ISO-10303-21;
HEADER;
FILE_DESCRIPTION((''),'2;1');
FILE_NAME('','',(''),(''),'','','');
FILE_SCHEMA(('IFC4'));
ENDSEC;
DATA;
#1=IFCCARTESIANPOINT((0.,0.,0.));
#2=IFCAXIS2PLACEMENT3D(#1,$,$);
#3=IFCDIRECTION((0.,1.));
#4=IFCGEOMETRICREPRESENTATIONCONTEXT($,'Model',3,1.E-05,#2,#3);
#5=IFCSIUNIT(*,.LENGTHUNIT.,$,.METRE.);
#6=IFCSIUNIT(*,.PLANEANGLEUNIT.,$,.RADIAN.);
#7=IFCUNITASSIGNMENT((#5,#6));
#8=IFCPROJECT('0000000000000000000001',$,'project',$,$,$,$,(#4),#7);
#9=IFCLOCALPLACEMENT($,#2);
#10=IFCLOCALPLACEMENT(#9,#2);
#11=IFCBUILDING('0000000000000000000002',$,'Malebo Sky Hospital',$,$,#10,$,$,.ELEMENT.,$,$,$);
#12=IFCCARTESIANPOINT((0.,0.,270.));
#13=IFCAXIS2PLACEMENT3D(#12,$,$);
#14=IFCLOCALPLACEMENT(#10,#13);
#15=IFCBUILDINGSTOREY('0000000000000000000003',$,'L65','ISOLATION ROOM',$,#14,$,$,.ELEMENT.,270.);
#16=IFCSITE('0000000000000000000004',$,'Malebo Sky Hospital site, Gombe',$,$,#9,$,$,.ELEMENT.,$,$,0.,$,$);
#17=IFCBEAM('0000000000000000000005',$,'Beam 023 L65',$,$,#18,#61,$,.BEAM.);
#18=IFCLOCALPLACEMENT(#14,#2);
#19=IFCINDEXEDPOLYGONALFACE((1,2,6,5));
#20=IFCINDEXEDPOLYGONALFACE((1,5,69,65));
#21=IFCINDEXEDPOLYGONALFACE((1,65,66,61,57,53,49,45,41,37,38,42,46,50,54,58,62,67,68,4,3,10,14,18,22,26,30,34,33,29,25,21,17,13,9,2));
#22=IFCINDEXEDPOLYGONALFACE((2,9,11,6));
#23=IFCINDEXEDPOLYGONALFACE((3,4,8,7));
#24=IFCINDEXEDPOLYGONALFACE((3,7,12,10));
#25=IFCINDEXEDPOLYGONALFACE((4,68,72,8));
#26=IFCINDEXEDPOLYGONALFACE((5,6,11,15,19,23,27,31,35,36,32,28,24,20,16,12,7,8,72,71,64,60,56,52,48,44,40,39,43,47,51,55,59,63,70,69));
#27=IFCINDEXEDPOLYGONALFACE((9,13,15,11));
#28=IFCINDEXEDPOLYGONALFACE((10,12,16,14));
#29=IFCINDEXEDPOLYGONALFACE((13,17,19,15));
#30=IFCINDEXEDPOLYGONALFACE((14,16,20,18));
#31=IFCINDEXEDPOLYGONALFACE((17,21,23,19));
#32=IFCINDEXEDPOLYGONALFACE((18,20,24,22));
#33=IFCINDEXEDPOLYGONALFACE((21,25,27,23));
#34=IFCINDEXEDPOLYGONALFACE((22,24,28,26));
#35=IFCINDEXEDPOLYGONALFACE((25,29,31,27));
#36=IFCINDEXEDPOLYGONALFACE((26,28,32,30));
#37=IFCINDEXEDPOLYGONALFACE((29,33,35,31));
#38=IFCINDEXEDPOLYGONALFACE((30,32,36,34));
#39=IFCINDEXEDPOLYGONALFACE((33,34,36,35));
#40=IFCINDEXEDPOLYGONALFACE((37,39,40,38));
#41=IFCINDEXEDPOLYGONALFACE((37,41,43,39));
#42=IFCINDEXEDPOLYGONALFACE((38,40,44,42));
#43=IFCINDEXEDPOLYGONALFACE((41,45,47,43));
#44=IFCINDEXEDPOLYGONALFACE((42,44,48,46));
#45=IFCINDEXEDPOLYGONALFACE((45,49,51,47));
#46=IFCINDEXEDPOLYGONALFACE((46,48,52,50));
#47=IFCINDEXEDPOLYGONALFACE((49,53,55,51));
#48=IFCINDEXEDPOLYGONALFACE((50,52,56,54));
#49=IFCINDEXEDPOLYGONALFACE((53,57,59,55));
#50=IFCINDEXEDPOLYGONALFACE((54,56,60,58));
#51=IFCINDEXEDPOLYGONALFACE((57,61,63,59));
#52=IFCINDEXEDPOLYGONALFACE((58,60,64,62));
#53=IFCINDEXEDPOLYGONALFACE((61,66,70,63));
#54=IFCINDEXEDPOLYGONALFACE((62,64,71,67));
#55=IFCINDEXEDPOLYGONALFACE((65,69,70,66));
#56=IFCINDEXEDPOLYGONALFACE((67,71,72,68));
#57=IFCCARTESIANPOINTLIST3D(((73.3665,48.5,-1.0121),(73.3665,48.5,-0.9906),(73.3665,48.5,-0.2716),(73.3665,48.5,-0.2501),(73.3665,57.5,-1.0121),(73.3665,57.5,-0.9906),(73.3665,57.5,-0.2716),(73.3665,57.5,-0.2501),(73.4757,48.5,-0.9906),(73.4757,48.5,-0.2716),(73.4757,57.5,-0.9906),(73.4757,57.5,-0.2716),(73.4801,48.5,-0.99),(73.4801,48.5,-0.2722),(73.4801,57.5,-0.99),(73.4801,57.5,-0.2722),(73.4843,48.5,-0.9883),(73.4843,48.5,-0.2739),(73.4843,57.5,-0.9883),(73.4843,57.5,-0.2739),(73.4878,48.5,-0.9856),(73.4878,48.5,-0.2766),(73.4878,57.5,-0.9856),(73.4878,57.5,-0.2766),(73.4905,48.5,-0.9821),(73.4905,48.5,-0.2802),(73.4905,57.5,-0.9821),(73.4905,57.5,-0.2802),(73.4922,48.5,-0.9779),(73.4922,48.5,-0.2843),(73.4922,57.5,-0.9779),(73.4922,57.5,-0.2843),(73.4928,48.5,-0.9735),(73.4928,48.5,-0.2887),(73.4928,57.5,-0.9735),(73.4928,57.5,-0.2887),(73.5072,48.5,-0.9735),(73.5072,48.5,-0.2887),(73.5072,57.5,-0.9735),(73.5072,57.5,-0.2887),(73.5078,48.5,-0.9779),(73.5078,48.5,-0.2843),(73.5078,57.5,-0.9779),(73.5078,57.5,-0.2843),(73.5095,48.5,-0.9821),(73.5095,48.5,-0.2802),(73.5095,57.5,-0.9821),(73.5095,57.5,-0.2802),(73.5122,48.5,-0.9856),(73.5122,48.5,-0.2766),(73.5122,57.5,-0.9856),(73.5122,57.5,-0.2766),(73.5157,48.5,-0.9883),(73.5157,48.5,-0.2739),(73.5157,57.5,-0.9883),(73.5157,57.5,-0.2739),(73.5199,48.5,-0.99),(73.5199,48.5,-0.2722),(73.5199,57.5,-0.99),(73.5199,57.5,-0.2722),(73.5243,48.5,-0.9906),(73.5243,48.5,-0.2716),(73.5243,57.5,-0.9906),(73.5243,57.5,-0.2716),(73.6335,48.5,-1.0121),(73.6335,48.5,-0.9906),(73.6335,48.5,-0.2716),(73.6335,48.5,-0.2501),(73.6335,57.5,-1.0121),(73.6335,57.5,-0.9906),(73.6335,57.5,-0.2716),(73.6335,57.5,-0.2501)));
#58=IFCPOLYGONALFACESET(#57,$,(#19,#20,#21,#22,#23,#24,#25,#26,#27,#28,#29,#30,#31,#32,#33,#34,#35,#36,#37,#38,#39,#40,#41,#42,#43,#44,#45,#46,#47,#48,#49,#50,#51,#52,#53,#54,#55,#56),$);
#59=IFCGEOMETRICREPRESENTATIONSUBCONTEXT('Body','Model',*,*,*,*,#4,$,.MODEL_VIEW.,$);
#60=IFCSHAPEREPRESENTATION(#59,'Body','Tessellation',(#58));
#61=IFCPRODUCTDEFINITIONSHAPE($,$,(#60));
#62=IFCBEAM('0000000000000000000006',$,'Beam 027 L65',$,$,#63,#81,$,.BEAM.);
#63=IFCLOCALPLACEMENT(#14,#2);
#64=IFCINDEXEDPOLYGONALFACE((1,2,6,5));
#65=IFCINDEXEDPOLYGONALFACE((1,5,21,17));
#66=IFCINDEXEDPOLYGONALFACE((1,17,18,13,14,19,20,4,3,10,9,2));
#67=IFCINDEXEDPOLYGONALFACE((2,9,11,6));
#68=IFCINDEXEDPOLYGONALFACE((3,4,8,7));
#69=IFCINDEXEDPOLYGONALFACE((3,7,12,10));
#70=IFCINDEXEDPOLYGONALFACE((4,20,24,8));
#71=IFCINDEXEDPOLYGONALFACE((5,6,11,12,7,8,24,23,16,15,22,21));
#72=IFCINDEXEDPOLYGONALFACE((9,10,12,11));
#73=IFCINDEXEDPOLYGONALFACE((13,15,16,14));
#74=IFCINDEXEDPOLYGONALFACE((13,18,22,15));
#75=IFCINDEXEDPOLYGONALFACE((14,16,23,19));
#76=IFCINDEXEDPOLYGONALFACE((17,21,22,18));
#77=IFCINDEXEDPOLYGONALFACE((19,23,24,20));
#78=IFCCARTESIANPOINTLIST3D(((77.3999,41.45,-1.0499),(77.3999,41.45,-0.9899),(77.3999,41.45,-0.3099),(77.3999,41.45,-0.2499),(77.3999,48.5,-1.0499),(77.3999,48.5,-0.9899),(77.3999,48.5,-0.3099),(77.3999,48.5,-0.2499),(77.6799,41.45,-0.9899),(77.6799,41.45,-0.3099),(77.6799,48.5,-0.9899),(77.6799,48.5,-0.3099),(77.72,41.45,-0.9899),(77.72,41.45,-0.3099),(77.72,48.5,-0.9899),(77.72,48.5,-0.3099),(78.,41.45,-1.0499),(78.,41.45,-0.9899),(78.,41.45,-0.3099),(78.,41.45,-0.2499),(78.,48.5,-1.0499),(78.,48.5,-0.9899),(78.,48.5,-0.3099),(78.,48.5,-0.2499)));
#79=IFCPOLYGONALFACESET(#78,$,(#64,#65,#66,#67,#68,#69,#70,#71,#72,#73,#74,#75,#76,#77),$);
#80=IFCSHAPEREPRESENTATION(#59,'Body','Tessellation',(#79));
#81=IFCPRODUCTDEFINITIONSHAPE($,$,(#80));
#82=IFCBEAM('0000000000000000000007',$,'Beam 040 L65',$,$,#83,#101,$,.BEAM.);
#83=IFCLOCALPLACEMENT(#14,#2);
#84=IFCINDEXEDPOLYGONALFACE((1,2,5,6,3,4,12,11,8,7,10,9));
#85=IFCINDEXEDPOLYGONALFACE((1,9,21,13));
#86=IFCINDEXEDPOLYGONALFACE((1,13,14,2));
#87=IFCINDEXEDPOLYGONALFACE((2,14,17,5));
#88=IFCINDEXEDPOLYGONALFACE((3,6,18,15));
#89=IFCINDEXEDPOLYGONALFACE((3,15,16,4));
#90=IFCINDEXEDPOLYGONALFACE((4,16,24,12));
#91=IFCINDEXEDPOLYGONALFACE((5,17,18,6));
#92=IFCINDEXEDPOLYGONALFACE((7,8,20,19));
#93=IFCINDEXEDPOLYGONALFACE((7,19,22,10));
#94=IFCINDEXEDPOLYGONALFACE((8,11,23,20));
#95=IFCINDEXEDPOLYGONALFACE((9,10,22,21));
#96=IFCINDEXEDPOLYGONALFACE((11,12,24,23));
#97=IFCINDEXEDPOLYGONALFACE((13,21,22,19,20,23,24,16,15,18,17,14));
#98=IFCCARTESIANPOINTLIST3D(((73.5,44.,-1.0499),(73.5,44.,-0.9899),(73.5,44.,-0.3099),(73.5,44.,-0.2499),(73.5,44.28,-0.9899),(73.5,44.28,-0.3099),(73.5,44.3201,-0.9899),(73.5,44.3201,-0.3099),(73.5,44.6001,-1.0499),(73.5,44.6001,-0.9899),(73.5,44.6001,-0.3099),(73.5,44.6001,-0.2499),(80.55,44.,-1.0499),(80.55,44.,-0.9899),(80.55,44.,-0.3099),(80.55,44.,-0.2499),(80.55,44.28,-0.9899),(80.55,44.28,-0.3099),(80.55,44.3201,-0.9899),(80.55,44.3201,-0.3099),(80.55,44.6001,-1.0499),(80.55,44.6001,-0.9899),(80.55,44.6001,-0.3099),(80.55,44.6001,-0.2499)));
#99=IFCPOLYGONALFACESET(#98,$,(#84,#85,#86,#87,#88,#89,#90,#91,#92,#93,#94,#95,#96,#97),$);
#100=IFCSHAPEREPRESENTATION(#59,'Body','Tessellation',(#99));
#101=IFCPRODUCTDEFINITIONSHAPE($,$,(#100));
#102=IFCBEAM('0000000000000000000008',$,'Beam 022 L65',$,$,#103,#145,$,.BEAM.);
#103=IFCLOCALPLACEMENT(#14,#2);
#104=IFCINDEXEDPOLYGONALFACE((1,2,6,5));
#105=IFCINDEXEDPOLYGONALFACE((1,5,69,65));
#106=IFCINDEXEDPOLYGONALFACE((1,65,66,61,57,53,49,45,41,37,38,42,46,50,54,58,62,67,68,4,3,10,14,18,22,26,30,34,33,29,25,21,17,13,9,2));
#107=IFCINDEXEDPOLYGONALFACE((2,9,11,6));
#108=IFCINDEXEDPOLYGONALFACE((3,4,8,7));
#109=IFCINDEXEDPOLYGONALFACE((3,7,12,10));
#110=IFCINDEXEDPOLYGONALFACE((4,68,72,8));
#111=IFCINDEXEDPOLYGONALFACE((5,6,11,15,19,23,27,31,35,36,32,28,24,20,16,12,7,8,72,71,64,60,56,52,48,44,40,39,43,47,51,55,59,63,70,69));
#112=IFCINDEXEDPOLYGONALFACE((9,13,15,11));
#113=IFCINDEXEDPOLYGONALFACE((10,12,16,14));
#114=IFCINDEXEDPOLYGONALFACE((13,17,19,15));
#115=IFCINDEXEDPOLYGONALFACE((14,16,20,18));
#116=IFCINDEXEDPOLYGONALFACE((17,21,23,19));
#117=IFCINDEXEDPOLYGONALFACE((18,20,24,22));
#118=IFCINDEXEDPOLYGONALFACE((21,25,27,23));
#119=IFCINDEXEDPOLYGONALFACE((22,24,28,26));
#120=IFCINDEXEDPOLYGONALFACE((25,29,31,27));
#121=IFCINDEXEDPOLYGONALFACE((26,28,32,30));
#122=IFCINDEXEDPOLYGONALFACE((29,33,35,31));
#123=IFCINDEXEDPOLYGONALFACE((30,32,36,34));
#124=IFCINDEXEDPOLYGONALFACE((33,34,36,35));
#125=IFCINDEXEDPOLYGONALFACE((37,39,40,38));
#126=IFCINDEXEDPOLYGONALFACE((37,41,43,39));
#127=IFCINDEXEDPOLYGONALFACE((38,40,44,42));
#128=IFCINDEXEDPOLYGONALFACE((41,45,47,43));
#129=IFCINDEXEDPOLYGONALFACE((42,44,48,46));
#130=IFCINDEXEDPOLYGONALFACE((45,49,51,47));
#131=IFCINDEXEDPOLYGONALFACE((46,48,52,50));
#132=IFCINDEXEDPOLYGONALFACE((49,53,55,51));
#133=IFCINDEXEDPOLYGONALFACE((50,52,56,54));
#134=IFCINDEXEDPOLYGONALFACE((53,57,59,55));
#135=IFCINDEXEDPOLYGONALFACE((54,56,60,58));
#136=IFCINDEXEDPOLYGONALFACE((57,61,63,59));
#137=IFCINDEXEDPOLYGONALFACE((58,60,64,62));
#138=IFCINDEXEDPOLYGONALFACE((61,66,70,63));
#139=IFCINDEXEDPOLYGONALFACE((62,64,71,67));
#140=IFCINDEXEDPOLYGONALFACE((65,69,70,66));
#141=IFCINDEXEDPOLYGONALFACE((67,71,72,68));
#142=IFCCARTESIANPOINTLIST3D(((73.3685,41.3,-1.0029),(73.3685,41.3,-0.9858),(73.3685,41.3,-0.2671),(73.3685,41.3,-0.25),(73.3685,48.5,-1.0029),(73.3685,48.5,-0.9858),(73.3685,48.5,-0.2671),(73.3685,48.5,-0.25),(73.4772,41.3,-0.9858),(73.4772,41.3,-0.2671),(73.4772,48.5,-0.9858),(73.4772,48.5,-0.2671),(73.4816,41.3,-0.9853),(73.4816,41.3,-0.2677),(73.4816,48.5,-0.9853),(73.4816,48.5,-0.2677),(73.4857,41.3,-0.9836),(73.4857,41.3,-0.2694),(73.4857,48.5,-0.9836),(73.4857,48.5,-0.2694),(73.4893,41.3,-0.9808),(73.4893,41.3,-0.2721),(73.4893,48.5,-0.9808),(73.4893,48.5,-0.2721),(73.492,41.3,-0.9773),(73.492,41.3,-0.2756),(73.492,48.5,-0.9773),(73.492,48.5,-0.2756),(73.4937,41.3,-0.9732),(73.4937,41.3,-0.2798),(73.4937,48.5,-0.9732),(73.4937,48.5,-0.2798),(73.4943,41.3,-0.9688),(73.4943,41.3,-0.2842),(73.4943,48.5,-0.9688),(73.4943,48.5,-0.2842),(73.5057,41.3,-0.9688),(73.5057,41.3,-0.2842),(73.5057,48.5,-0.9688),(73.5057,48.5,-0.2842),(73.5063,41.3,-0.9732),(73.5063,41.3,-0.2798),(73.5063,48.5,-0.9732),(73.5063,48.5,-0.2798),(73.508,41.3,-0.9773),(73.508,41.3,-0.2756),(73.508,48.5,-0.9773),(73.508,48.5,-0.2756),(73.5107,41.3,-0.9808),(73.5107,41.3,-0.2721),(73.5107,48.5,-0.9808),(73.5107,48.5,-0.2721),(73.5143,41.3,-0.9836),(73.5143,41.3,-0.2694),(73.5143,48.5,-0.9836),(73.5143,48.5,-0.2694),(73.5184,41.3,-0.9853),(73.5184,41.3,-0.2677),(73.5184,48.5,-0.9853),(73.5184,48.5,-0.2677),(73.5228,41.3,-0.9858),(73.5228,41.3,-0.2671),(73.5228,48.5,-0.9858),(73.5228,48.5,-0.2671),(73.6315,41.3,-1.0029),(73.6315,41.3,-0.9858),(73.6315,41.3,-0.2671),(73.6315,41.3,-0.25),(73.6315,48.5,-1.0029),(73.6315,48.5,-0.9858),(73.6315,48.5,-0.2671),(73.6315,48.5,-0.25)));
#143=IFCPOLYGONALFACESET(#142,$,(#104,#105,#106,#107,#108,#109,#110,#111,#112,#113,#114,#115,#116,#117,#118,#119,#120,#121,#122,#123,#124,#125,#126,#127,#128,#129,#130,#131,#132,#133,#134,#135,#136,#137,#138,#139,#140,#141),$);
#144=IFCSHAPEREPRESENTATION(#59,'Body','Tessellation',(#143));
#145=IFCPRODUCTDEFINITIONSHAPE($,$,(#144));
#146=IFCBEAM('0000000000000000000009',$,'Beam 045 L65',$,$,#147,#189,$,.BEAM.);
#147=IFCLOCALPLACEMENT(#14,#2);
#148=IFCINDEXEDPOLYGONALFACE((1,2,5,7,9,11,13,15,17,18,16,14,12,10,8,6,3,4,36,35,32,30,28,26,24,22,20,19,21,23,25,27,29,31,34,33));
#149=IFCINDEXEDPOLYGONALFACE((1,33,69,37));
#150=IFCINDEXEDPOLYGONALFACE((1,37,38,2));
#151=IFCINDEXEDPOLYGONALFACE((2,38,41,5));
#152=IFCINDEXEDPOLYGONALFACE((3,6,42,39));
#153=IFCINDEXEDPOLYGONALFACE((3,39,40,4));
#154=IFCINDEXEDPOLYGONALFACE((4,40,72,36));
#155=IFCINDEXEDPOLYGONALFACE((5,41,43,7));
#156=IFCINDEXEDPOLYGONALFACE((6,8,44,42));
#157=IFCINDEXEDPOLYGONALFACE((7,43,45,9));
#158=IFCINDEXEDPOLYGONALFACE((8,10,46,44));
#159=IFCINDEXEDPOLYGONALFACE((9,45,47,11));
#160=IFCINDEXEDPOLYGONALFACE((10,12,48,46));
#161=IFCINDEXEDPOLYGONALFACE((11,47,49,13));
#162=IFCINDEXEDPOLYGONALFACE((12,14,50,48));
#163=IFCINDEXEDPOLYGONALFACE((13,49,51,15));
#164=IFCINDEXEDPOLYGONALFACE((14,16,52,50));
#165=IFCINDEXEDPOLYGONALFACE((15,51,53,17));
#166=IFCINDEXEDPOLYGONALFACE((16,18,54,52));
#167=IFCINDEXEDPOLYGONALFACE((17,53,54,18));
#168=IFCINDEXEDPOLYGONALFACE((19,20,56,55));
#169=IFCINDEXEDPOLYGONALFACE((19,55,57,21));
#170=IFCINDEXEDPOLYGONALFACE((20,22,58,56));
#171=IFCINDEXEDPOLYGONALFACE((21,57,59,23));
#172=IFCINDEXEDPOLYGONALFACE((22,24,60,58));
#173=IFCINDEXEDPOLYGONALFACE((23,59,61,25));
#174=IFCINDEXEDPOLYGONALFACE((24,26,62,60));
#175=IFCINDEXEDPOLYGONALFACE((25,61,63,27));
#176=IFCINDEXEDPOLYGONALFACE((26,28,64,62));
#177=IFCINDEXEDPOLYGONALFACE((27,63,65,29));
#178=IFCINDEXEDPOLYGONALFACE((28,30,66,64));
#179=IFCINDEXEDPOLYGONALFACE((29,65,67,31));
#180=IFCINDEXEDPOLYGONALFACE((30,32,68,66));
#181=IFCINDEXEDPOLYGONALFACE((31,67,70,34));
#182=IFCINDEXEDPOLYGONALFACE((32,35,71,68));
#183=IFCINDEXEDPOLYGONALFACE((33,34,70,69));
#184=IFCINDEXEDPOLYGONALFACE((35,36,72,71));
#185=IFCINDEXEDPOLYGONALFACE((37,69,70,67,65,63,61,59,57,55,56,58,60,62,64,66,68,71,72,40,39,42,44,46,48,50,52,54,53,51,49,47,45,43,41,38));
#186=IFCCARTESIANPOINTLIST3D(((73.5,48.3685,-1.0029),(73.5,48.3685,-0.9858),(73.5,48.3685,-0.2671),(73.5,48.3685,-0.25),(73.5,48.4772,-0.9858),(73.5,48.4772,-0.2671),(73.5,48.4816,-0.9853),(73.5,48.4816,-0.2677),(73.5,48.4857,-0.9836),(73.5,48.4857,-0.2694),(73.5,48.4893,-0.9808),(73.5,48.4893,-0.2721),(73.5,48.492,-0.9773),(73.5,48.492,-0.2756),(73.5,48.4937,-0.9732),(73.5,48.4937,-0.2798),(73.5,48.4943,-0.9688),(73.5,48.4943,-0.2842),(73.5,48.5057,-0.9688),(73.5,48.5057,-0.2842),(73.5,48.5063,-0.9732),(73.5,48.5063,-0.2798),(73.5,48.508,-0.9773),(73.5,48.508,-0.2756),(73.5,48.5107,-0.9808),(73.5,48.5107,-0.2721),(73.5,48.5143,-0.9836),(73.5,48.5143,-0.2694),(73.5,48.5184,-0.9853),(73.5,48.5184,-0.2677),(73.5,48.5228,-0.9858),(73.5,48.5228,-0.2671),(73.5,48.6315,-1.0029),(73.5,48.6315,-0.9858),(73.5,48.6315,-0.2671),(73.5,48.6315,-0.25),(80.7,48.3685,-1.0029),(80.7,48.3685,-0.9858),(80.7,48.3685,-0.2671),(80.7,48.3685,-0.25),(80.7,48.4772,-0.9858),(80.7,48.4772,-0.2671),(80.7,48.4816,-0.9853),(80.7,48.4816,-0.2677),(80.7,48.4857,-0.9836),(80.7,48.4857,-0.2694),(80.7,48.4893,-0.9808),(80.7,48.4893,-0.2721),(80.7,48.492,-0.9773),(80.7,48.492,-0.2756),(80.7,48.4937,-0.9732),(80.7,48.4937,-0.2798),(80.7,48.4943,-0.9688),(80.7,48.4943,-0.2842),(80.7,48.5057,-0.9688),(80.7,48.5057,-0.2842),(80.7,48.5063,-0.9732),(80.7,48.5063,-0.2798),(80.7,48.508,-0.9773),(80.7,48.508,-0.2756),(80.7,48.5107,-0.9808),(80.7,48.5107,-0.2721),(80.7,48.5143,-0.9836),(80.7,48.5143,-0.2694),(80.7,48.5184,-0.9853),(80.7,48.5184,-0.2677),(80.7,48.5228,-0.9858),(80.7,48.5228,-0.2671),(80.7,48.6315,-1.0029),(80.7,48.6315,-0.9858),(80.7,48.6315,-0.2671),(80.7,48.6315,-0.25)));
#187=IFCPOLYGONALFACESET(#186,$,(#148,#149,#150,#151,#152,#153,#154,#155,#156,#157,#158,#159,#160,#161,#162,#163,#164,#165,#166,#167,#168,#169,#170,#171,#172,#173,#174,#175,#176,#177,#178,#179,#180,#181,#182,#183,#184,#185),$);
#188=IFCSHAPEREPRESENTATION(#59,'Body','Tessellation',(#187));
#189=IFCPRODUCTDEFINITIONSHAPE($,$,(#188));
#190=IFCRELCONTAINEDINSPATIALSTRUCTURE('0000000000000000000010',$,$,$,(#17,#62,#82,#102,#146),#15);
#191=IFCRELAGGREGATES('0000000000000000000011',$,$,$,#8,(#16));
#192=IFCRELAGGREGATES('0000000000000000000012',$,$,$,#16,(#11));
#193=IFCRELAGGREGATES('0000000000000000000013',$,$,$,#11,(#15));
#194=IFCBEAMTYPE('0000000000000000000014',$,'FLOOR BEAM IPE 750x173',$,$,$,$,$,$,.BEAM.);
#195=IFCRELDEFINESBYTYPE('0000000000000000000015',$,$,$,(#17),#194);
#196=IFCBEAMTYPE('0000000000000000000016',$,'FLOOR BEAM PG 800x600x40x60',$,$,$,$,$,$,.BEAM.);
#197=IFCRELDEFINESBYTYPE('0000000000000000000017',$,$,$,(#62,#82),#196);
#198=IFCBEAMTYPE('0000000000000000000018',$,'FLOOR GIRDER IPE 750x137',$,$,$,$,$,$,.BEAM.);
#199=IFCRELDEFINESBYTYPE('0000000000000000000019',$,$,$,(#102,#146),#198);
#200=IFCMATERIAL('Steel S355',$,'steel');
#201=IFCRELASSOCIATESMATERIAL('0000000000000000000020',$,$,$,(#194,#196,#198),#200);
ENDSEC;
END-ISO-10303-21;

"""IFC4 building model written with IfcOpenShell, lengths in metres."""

from ifc_helpers import new_model, si_unit, direction, frame, origin, origin_2d, place, context, subcontext, project, spatial, i_section, extrude, material, material_profile, profile_set, type_object, element, save


model = new_model("IFC4")

# Units and contexts
model_context = context("Model", 3, precision=1e-05, world=origin(), true_north=direction((0.0, 1.0)))
body_context = subcontext(model_context, "Body", "Model", "MODEL_VIEW")
ifc_project = project(units=[si_unit("LENGTHUNIT", "METRE"), si_unit("PLANEANGLEUNIT", "RADIAN")], contexts=[model_context])

# Site, building, storey
site_placement = place(None, origin())
site = spatial("IfcSite", under=ifc_project, at=site_placement, Name="Malebo Sky Hospital site, Gombe", CompositionType="ELEMENT", RefElevation=0.0)
building_placement = place(site_placement, origin())
building = spatial("IfcBuilding", under=site, at=building_placement, Name="Malebo Sky Hospital", CompositionType="ELEMENT")
storey_placement = place(building_placement, frame((0.0, 0.0, 270.0)))
storey = spatial("IfcBuildingStorey", under=building, at=storey_placement, Name="L65", Description="ISOLATION ROOM", CompositionType="ELEMENT", Elevation=270.0)

# Beams
ifc_material_1 = material(Name="Steel S355", Category="steel")
ifc_material_profile_1 = material_profile(ifc_material_1, i_section(OverallWidth=0.2671, OverallDepth=0.762, WebThickness=0.0144, FlangeThickness=0.0215, FilletRadius=0.0171, at=origin_2d()), Name="IPE 750x173")
ifc_profile_set_1 = profile_set([ifc_material_profile_1], Name="Steel S355")
beam_type_1 = type_object("IfcBeamType", Name="FLOOR BEAM IPE 750x173", PredefinedType="BEAM", material=ifc_profile_set_1)
beam_1_placement = place(storey_placement, frame((73.5, 48.5, -0.6311), z_axis=(0.0, 1.0, 0.0), x_axis=(-1.0, 0.0, 0.0)))
element("IfcBeam", 1, at=beam_1_placement, inside=storey, type_object=beam_type_1, Name="Beam 023 L65", PredefinedType="BEAM", context=body_context, shape_type="SweptSolid", body=[
    extrude(i_section(OverallWidth=0.2671, OverallDepth=0.762, WebThickness=0.0144, FlangeThickness=0.0215, FilletRadius=0.0171, at=origin_2d()), origin(), (0.0, 0.0, 1.0), 9.0),
])
ifc_material_profile_2 = material_profile(ifc_material_1, i_section(OverallWidth=0.6001, OverallDepth=0.8, WebThickness=0.04, FlangeThickness=0.0601, at=origin_2d()), Name="PG 800x600x40x60")
ifc_profile_set_2 = profile_set([ifc_material_profile_2], Name="Steel S355")
beam_type_2 = type_object("IfcBeamType", Name="FLOOR BEAM PG 800x600x40x60", PredefinedType="BEAM", material=ifc_profile_set_2)
for number, where, z_axis, x_axis, name in (
    (2, (77.7, 41.45, -0.6499), (0.0, 1.0, 0.0), (-1.0, 0.0, 0.0), "Beam 027 L65"),
    (3, (73.5, 44.3, -0.6499), (1.0, 0.0, 0.0), (0.0, 1.0, 0.0), "Beam 040 L65"),
):
    element("IfcBeam", number, at=place(storey_placement, frame(where, z_axis=z_axis, x_axis=x_axis)), inside=storey, type_object=beam_type_2, Name=name, PredefinedType="BEAM", context=body_context, shape_type="SweptSolid", body=[
        extrude(i_section(OverallWidth=0.6001, OverallDepth=0.8, WebThickness=0.04, FlangeThickness=0.0601, at=origin_2d()), origin(), (0.0, 0.0, 1.0), 7.05),
    ])
ifc_material_profile_3 = material_profile(ifc_material_1, i_section(OverallWidth=0.2629, OverallDepth=0.7529, WebThickness=0.0115, FlangeThickness=0.0171, FilletRadius=0.0171, at=origin_2d()), Name="IPE 750x137")
ifc_profile_set_3 = profile_set([ifc_material_profile_3], Name="Steel S355")
beam_type_3 = type_object("IfcBeamType", Name="FLOOR GIRDER IPE 750x137", PredefinedType="BEAM", material=ifc_profile_set_3)
for number, where, z_axis, x_axis, name in (
    (4, (73.5, 41.3, -0.6265), (0.0, 1.0, 0.0), (-1.0, 0.0, 0.0), "Beam 022 L65"),
    (5, (73.5, 48.5, -0.6265), (1.0, 0.0, 0.0), (0.0, 1.0, 0.0), "Beam 045 L65"),
):
    element("IfcBeam", number, at=place(storey_placement, frame(where, z_axis=z_axis, x_axis=x_axis)), inside=storey, type_object=beam_type_3, Name=name, PredefinedType="BEAM", context=body_context, shape_type="SweptSolid", body=[
        extrude(i_section(OverallWidth=0.2629, OverallDepth=0.7529, WebThickness=0.0115, FlangeThickness=0.0171, FilletRadius=0.0171, at=origin_2d()), origin(), (0.0, 0.0, 1.0), 7.2),
    ])

save(model, "model.ifc")
